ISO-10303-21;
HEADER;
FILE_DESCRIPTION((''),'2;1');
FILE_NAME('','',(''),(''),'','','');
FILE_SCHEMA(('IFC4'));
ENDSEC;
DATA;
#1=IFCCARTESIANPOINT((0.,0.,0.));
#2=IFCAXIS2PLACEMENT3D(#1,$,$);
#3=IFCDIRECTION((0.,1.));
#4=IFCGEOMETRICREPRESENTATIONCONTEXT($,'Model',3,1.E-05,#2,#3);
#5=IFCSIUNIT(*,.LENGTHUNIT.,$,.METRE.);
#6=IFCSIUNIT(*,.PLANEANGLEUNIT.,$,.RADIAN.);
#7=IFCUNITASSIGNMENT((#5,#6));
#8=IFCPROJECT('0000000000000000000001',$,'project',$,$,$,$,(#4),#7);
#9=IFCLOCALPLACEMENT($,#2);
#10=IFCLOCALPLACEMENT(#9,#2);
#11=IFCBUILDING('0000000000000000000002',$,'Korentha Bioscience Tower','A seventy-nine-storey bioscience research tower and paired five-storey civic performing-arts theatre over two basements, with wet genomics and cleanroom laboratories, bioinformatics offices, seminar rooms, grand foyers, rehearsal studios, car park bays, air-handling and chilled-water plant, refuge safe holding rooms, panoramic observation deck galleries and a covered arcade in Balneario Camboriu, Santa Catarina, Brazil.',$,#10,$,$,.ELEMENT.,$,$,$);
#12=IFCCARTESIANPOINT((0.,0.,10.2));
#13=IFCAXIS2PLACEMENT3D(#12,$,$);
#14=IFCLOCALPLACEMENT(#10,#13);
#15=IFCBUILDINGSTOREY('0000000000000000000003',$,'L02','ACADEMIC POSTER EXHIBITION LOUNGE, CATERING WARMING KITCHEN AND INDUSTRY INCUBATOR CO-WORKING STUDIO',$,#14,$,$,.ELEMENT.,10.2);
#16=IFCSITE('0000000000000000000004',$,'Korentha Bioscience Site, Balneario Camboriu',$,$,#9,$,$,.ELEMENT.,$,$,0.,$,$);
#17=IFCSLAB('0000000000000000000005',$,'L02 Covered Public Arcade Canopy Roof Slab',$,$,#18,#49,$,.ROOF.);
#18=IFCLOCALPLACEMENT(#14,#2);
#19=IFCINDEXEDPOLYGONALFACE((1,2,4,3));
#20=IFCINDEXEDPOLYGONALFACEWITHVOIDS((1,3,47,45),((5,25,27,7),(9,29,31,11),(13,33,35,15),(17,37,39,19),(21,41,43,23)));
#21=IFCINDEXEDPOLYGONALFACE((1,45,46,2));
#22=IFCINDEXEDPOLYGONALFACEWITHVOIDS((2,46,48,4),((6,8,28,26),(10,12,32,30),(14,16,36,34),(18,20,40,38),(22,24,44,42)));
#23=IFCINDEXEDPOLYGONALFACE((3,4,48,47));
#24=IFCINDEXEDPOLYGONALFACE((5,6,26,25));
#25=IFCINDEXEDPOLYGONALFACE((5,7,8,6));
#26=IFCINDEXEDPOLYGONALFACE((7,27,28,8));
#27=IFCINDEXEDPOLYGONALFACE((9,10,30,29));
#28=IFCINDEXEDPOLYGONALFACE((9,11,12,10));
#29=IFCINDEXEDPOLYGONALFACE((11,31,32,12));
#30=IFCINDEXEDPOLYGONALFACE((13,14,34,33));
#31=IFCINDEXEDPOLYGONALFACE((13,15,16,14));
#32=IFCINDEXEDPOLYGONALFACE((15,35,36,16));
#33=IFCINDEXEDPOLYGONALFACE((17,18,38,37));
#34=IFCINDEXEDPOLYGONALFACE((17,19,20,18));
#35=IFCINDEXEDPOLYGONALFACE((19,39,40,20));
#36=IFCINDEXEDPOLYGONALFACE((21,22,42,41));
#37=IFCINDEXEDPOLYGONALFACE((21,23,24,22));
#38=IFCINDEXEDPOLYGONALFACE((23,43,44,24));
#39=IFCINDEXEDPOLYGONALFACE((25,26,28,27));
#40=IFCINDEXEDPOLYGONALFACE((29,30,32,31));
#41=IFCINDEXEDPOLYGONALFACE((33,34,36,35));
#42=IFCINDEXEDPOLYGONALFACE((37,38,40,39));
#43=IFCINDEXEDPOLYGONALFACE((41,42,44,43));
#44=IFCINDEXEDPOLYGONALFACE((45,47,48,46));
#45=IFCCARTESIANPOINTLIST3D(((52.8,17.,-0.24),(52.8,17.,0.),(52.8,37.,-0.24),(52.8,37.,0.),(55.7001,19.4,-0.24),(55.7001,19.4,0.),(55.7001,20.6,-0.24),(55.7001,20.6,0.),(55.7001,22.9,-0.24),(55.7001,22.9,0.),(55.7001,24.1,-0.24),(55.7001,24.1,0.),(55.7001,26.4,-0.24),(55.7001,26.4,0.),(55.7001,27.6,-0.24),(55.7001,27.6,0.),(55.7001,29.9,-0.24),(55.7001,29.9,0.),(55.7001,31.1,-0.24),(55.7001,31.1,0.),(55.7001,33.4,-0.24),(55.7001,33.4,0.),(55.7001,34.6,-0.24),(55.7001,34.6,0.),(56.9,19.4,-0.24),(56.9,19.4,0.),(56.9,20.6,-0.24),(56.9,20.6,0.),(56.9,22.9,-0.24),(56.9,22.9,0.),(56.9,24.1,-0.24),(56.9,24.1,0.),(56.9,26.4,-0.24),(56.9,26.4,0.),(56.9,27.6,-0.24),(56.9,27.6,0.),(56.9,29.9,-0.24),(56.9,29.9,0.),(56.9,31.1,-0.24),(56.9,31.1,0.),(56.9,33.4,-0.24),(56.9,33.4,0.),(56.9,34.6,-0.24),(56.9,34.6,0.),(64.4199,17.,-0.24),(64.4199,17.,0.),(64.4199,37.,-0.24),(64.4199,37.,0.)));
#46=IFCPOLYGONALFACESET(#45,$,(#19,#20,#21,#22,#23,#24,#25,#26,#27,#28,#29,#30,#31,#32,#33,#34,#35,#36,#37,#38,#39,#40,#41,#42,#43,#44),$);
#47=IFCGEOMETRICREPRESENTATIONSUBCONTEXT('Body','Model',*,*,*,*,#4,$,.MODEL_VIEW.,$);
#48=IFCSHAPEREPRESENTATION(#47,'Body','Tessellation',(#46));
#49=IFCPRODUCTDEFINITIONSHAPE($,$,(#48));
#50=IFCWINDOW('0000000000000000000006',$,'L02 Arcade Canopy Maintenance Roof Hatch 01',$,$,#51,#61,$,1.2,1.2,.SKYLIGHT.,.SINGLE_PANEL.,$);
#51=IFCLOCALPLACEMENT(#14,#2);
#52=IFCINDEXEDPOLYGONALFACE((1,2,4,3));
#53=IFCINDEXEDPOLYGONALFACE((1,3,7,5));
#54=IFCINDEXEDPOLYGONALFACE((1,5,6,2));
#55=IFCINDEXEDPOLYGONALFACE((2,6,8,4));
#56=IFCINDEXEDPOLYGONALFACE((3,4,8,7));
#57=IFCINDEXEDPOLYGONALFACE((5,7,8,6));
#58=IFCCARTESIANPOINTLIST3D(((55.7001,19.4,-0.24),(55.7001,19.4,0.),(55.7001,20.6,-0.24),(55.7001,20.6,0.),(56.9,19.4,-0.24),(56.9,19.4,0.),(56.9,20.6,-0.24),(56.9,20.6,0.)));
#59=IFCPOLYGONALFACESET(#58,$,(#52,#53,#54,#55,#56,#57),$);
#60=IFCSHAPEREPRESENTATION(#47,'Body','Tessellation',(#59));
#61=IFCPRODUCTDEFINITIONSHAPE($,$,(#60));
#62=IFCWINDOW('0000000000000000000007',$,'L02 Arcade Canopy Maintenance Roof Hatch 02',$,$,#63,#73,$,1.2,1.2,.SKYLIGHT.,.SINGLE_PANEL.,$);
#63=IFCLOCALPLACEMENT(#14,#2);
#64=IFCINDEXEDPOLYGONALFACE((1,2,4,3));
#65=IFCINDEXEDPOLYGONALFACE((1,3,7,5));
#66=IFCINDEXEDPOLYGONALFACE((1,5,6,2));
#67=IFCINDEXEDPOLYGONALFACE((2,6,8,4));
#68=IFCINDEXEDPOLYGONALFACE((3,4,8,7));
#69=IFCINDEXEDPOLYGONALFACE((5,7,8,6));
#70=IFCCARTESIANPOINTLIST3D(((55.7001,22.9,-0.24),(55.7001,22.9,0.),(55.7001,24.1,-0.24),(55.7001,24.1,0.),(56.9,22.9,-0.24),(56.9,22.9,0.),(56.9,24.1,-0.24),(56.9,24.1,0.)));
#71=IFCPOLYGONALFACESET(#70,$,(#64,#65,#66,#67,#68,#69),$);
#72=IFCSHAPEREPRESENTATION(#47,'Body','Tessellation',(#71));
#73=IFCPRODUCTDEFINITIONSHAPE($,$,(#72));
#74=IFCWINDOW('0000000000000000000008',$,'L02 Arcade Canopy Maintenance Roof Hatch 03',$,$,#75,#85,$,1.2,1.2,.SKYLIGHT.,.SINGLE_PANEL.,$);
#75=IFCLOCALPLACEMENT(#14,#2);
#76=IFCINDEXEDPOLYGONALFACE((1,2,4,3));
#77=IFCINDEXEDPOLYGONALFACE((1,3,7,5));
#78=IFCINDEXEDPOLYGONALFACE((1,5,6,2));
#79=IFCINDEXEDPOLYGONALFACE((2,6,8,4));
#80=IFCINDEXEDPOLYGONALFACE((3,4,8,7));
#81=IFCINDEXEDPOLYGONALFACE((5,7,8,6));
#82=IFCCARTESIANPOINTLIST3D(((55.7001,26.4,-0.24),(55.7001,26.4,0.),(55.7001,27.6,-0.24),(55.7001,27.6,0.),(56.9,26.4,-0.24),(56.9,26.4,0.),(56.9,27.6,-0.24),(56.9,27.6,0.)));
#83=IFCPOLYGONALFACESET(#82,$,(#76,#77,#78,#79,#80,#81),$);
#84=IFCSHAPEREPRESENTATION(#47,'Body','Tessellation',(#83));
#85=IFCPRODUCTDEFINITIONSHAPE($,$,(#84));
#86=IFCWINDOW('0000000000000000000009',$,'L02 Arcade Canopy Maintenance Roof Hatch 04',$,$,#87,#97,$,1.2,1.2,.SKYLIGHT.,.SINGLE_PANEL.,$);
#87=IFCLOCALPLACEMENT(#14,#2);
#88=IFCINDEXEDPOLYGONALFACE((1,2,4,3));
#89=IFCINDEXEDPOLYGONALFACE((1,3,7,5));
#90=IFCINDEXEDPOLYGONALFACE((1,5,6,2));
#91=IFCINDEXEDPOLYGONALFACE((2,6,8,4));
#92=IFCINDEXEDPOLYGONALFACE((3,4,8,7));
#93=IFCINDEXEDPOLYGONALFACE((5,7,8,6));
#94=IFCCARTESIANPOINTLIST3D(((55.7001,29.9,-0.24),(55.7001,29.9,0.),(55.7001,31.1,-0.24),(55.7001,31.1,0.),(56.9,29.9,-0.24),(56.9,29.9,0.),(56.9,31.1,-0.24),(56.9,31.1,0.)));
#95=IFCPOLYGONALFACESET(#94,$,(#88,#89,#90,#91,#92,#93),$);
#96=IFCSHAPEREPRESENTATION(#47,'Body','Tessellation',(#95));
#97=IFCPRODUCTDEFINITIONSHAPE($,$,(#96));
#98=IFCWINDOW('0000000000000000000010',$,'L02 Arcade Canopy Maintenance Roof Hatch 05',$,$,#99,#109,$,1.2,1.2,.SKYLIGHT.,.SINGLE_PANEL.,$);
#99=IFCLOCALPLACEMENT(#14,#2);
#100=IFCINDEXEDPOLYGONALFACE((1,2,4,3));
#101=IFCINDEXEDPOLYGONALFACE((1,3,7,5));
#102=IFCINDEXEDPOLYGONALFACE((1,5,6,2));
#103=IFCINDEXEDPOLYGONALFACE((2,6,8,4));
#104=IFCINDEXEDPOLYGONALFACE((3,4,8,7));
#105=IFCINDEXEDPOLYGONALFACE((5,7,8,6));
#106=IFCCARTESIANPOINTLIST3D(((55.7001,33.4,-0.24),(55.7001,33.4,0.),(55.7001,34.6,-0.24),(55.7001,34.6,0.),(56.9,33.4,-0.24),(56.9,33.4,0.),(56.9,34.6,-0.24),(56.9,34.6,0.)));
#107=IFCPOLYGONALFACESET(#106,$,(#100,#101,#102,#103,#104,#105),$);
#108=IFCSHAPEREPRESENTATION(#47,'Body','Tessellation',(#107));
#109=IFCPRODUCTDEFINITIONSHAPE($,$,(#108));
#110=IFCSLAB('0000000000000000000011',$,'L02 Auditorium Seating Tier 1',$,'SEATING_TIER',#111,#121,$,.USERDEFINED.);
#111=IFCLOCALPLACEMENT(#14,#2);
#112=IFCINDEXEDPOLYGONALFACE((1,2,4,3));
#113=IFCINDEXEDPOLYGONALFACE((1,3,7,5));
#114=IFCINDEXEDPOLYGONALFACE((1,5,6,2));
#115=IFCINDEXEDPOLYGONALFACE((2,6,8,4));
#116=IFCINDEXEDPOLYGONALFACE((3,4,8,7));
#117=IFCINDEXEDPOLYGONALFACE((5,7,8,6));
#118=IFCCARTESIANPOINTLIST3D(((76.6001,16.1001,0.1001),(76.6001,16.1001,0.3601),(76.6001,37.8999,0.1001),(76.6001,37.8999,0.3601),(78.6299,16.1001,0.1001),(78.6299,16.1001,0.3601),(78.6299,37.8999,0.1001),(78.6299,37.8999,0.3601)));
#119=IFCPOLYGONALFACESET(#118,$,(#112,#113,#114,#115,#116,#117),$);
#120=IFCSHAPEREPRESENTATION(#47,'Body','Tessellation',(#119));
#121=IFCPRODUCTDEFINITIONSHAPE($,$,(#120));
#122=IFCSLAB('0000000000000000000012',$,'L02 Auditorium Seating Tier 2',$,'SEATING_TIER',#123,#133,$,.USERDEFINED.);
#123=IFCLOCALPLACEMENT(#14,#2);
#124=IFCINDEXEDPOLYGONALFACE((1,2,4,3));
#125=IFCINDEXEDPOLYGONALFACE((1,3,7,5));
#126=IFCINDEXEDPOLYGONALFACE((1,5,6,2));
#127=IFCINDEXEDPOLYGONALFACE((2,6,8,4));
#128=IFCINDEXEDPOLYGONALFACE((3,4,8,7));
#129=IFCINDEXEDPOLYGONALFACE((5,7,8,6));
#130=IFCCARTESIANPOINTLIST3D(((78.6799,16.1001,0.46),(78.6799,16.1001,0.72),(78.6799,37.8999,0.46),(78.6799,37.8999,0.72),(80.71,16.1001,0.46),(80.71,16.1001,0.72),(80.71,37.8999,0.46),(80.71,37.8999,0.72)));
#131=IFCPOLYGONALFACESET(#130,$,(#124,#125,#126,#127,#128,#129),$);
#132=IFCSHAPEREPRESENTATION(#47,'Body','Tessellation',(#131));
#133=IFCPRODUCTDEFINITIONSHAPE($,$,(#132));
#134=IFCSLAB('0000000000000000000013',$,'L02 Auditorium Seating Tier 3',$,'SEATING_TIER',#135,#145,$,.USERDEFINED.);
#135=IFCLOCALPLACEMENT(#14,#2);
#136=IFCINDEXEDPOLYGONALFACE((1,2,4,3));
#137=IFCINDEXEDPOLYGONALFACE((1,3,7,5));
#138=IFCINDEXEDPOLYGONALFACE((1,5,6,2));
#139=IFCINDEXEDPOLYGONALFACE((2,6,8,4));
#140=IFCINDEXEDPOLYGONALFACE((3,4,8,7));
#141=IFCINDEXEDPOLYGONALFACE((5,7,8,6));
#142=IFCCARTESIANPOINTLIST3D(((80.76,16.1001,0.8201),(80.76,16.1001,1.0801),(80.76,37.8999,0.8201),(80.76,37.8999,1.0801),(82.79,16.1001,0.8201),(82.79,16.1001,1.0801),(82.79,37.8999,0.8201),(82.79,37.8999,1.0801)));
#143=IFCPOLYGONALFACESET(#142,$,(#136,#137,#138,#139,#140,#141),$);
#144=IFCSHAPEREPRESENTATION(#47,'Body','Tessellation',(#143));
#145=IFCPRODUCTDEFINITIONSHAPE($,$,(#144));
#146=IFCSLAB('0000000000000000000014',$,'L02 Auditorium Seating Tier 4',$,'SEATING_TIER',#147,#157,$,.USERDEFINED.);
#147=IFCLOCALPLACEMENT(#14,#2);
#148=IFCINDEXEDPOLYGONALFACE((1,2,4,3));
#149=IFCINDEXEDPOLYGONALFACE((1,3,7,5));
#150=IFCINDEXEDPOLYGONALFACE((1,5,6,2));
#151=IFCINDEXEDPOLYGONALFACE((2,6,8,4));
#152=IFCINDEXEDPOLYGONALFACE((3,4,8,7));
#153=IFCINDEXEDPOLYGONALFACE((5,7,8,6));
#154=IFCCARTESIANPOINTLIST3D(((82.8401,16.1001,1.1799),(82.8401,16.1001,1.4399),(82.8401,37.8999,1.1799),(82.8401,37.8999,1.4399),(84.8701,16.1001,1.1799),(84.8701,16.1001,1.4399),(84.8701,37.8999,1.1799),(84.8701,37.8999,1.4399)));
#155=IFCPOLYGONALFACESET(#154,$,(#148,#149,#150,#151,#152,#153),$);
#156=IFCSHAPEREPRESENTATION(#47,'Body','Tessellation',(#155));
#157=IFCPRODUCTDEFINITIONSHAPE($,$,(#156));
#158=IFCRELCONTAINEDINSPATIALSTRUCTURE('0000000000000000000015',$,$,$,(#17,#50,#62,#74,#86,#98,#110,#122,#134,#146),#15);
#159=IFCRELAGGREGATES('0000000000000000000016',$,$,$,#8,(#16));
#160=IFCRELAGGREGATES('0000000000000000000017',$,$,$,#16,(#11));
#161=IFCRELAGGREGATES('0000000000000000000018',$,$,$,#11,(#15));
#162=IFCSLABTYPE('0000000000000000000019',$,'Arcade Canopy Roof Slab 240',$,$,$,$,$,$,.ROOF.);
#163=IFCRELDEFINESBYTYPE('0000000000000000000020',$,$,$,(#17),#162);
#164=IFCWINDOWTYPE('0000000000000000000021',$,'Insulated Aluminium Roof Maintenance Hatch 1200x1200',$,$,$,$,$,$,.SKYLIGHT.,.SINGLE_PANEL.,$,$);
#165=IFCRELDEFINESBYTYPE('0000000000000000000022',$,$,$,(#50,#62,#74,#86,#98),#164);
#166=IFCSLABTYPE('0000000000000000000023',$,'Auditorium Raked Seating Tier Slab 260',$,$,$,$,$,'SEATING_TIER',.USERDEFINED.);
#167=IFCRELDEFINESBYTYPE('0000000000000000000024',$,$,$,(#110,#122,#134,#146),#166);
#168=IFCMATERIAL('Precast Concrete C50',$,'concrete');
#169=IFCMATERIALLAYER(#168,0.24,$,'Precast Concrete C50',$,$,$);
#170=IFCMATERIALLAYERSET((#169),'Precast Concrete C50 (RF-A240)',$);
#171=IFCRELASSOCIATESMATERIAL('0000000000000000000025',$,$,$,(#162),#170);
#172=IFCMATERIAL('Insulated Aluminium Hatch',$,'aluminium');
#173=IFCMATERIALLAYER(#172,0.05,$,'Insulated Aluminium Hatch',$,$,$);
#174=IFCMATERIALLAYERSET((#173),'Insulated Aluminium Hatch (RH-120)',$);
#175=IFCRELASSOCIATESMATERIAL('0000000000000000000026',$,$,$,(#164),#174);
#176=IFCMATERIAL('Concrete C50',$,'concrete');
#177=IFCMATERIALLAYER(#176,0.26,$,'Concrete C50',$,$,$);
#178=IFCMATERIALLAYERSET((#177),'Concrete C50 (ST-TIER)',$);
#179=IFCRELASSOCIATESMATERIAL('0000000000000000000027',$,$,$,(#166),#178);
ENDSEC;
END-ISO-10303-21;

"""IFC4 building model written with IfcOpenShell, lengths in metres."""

from ifc_helpers import new_model, si_unit, direction, frame, origin, origin_2d, place, context, subcontext, project, spatial, polyline, rectangle, outline, extrude, material, layer, layer_set, type_object, element, fill, save


model = new_model("IFC4")

# Units and contexts
model_context = context("Model", 3, precision=1e-05, world=origin(), true_north=direction((0.0, 1.0)))
body_context = subcontext(model_context, "Body", "Model", "MODEL_VIEW")
ifc_project = project(units=[si_unit("LENGTHUNIT", "METRE"), si_unit("PLANEANGLEUNIT", "RADIAN")], contexts=[model_context])

# Site, building, storey
site_placement = place(None, origin())
site = spatial("IfcSite", under=ifc_project, at=site_placement, Name="Korentha Bioscience Site, Balneario Camboriu", CompositionType="ELEMENT", RefElevation=0.0)
building_placement = place(site_placement, origin())
building = spatial("IfcBuilding", under=site, at=building_placement, Name="Korentha Bioscience Tower", Description="A seventy-nine-storey bioscience research tower and paired five-storey civic performing-arts theatre over two basements, with wet genomics and cleanroom laboratories, bioinformatics offices, seminar rooms, grand foyers, rehearsal studios, car park bays, air-handling and chilled-water plant, refuge safe holding rooms, panoramic observation deck galleries and a covered arcade in Balneario Camboriu, Santa Catarina, Brazil.", CompositionType="ELEMENT")
storey_placement = place(building_placement, frame((0.0, 0.0, 10.2)))
storey = spatial("IfcBuildingStorey", under=building, at=storey_placement, Name="L02", Description="ACADEMIC POSTER EXHIBITION LOUNGE, CATERING WARMING KITCHEN AND INDUSTRY INCUBATOR CO-WORKING STUDIO", CompositionType="ELEMENT", Elevation=10.2)

# Slab, openings, windows
ifc_material_1 = material(Name="Precast Concrete C50", Category="concrete")
ifc_layer_1 = layer(ifc_material_1, 0.24, Name="Precast Concrete C50")
ifc_layer_set_1 = layer_set([ifc_layer_1], Name="Precast Concrete C50 (RF-A240)")
slab_type_1 = type_object("IfcSlabType", Name="Arcade Canopy Roof Slab 240", PredefinedType="ROOF", material=ifc_layer_set_1)
slab_1_placement = place(storey_placement, frame((0.0, 0.0, -0.24)))
slab_1 = element("IfcSlab", 1, at=slab_1_placement, inside=storey, type_object=slab_type_1, Name="L02 Covered Public Arcade Canopy Roof Slab", PredefinedType="ROOF", context=body_context, shape_type="SweptSolid", body=[
    extrude(outline(polyline([(52.8, 17.0), (64.4199, 17.0), (64.4199, 37.0), (52.8, 37.0), (52.8, 17.0)])), origin(), (0.0, 0.0, 1.0), 0.24),
])
opening_1_placement = place(slab_1_placement, frame((56.3, 20.0, -0.0149)))
opening_1 = element("IfcOpeningElement", 2, at=opening_1_placement, cuts=slab_1, PredefinedType="OPENING", context=body_context, shape_type="SweptSolid", body=[
    extrude(rectangle(XDim=1.2, YDim=1.2, at=origin_2d()), origin(), (0.0, 0.0, 1.0), 0.2698),
])
opening_2_placement = place(slab_1_placement, frame((56.3, 23.5, -0.0149)))
opening_2 = element("IfcOpeningElement", 3, at=opening_2_placement, cuts=slab_1, PredefinedType="OPENING", context=body_context, shape_type="SweptSolid", body=[
    extrude(rectangle(XDim=1.2, YDim=1.2, at=origin_2d()), origin(), (0.0, 0.0, 1.0), 0.2698),
])
opening_3_placement = place(slab_1_placement, frame((56.3, 27.0, -0.0149)))
opening_3 = element("IfcOpeningElement", 4, at=opening_3_placement, cuts=slab_1, PredefinedType="OPENING", context=body_context, shape_type="SweptSolid", body=[
    extrude(rectangle(XDim=1.2, YDim=1.2, at=origin_2d()), origin(), (0.0, 0.0, 1.0), 0.2698),
])
opening_4_placement = place(slab_1_placement, frame((56.3, 30.5, -0.0149)))
opening_4 = element("IfcOpeningElement", 5, at=opening_4_placement, cuts=slab_1, PredefinedType="OPENING", context=body_context, shape_type="SweptSolid", body=[
    extrude(rectangle(XDim=1.2, YDim=1.2, at=origin_2d()), origin(), (0.0, 0.0, 1.0), 0.2698),
])
opening_5_placement = place(slab_1_placement, frame((56.3, 34.0, -0.0149)))
opening_5 = element("IfcOpeningElement", 6, at=opening_5_placement, cuts=slab_1, PredefinedType="OPENING", context=body_context, shape_type="SweptSolid", body=[
    extrude(rectangle(XDim=1.2, YDim=1.2, at=origin_2d()), origin(), (0.0, 0.0, 1.0), 0.2698),
])
ifc_material_2 = material(Name="Insulated Aluminium Hatch", Category="aluminium")
ifc_layer_2 = layer(ifc_material_2, 0.05, Name="Insulated Aluminium Hatch")
ifc_layer_set_2 = layer_set([ifc_layer_2], Name="Insulated Aluminium Hatch (RH-120)")
window_type = type_object("IfcWindowType", Name="Insulated Aluminium Roof Maintenance Hatch 1200x1200", PartitioningType="SINGLE_PANEL", PredefinedType="SKYLIGHT", material=ifc_layer_set_2)
window_1_placement = place(opening_1_placement, frame((0.0, 0.0, 0.0149)))
window_1 = element("IfcWindow", 7, at=window_1_placement, inside=storey, type_object=window_type, Name="L02 Arcade Canopy Maintenance Roof Hatch 01", OverallHeight=1.2, OverallWidth=1.2, PartitioningType="SINGLE_PANEL", PredefinedType="SKYLIGHT", context=body_context, shape_type="SweptSolid", body=[
    extrude(rectangle(XDim=1.2, YDim=1.2, at=origin_2d()), origin(), (0.0, 0.0, 1.0), 0.24),
])
fill(opening_1, window_1)
window_2_placement = place(opening_2_placement, frame((0.0, 0.0, 0.0149)))
window_2 = element("IfcWindow", 8, at=window_2_placement, inside=storey, type_object=window_type, Name="L02 Arcade Canopy Maintenance Roof Hatch 02", OverallHeight=1.2, OverallWidth=1.2, PartitioningType="SINGLE_PANEL", PredefinedType="SKYLIGHT", context=body_context, shape_type="SweptSolid", body=[
    extrude(rectangle(XDim=1.2, YDim=1.2, at=origin_2d()), origin(), (0.0, 0.0, 1.0), 0.24),
])
fill(opening_2, window_2)
window_3_placement = place(opening_3_placement, frame((0.0, 0.0, 0.0149)))
window_3 = element("IfcWindow", 9, at=window_3_placement, inside=storey, type_object=window_type, Name="L02 Arcade Canopy Maintenance Roof Hatch 03", OverallHeight=1.2, OverallWidth=1.2, PartitioningType="SINGLE_PANEL", PredefinedType="SKYLIGHT", context=body_context, shape_type="SweptSolid", body=[
    extrude(rectangle(XDim=1.2, YDim=1.2, at=origin_2d()), origin(), (0.0, 0.0, 1.0), 0.24),
])
fill(opening_3, window_3)
window_4_placement = place(opening_4_placement, frame((0.0, 0.0, 0.0149)))
window_4 = element("IfcWindow", 10, at=window_4_placement, inside=storey, type_object=window_type, Name="L02 Arcade Canopy Maintenance Roof Hatch 04", OverallHeight=1.2, OverallWidth=1.2, PartitioningType="SINGLE_PANEL", PredefinedType="SKYLIGHT", context=body_context, shape_type="SweptSolid", body=[
    extrude(rectangle(XDim=1.2, YDim=1.2, at=origin_2d()), origin(), (0.0, 0.0, 1.0), 0.24),
])
fill(opening_4, window_4)
window_5_placement = place(opening_5_placement, frame((0.0, 0.0, 0.0149)))
window_5 = element("IfcWindow", 11, at=window_5_placement, inside=storey, type_object=window_type, Name="L02 Arcade Canopy Maintenance Roof Hatch 05", OverallHeight=1.2, OverallWidth=1.2, PartitioningType="SINGLE_PANEL", PredefinedType="SKYLIGHT", context=body_context, shape_type="SweptSolid", body=[
    extrude(rectangle(XDim=1.2, YDim=1.2, at=origin_2d()), origin(), (0.0, 0.0, 1.0), 0.24),
])
fill(opening_5, window_5)

# Slabs
ifc_material_3 = material(Name="Concrete C50", Category="concrete")
ifc_layer_3 = layer(ifc_material_3, 0.26, Name="Concrete C50")
ifc_layer_set_3 = layer_set([ifc_layer_3], Name="Concrete C50 (ST-TIER)")
slab_type_2 = type_object("IfcSlabType", Name="Auditorium Raked Seating Tier Slab 260", ElementType="SEATING_TIER", PredefinedType="USERDEFINED", material=ifc_layer_set_3)
slab_2_placement = place(storey_placement, frame((0.0, 0.0, 0.1001)))
element("IfcSlab", 12, at=slab_2_placement, inside=storey, type_object=slab_type_2, Name="L02 Auditorium Seating Tier 1", ObjectType="SEATING_TIER", PredefinedType="USERDEFINED", context=body_context, shape_type="SweptSolid", body=[
    extrude(outline(polyline([(76.6001, 16.1001), (78.6299, 16.1001), (78.6299, 37.8999), (76.6001, 37.8999), (76.6001, 16.1001)])), origin(), (0.0, 0.0, 1.0), 0.26),
])
slab_3_placement = place(storey_placement, frame((0.0, 0.0, 0.46)))
element("IfcSlab", 13, at=slab_3_placement, inside=storey, type_object=slab_type_2, Name="L02 Auditorium Seating Tier 2", ObjectType="SEATING_TIER", PredefinedType="USERDEFINED", context=body_context, shape_type="SweptSolid", body=[
    extrude(outline(polyline([(78.6799, 16.1001), (80.71, 16.1001), (80.71, 37.8999), (78.6799, 37.8999), (78.6799, 16.1001)])), origin(), (0.0, 0.0, 1.0), 0.26),
])
slab_4_placement = place(storey_placement, frame((0.0, 0.0, 0.8201)))
element("IfcSlab", 14, at=slab_4_placement, inside=storey, type_object=slab_type_2, Name="L02 Auditorium Seating Tier 3", ObjectType="SEATING_TIER", PredefinedType="USERDEFINED", context=body_context, shape_type="SweptSolid", body=[
    extrude(outline(polyline([(80.76, 16.1001), (82.79, 16.1001), (82.79, 37.8999), (80.76, 37.8999), (80.76, 16.1001)])), origin(), (0.0, 0.0, 1.0), 0.26),
])
slab_5_placement = place(storey_placement, frame((0.0, 0.0, 1.1799)))
element("IfcSlab", 15, at=slab_5_placement, inside=storey, type_object=slab_type_2, Name="L02 Auditorium Seating Tier 4", ObjectType="SEATING_TIER", PredefinedType="USERDEFINED", context=body_context, shape_type="SweptSolid", body=[
    extrude(outline(polyline([(82.8401, 16.1001), (84.8701, 16.1001), (84.8701, 37.8999), (82.8401, 37.8999), (82.8401, 16.1001)])), origin(), (0.0, 0.0, 1.0), 0.26),
])

save(model, "model.ifc")
